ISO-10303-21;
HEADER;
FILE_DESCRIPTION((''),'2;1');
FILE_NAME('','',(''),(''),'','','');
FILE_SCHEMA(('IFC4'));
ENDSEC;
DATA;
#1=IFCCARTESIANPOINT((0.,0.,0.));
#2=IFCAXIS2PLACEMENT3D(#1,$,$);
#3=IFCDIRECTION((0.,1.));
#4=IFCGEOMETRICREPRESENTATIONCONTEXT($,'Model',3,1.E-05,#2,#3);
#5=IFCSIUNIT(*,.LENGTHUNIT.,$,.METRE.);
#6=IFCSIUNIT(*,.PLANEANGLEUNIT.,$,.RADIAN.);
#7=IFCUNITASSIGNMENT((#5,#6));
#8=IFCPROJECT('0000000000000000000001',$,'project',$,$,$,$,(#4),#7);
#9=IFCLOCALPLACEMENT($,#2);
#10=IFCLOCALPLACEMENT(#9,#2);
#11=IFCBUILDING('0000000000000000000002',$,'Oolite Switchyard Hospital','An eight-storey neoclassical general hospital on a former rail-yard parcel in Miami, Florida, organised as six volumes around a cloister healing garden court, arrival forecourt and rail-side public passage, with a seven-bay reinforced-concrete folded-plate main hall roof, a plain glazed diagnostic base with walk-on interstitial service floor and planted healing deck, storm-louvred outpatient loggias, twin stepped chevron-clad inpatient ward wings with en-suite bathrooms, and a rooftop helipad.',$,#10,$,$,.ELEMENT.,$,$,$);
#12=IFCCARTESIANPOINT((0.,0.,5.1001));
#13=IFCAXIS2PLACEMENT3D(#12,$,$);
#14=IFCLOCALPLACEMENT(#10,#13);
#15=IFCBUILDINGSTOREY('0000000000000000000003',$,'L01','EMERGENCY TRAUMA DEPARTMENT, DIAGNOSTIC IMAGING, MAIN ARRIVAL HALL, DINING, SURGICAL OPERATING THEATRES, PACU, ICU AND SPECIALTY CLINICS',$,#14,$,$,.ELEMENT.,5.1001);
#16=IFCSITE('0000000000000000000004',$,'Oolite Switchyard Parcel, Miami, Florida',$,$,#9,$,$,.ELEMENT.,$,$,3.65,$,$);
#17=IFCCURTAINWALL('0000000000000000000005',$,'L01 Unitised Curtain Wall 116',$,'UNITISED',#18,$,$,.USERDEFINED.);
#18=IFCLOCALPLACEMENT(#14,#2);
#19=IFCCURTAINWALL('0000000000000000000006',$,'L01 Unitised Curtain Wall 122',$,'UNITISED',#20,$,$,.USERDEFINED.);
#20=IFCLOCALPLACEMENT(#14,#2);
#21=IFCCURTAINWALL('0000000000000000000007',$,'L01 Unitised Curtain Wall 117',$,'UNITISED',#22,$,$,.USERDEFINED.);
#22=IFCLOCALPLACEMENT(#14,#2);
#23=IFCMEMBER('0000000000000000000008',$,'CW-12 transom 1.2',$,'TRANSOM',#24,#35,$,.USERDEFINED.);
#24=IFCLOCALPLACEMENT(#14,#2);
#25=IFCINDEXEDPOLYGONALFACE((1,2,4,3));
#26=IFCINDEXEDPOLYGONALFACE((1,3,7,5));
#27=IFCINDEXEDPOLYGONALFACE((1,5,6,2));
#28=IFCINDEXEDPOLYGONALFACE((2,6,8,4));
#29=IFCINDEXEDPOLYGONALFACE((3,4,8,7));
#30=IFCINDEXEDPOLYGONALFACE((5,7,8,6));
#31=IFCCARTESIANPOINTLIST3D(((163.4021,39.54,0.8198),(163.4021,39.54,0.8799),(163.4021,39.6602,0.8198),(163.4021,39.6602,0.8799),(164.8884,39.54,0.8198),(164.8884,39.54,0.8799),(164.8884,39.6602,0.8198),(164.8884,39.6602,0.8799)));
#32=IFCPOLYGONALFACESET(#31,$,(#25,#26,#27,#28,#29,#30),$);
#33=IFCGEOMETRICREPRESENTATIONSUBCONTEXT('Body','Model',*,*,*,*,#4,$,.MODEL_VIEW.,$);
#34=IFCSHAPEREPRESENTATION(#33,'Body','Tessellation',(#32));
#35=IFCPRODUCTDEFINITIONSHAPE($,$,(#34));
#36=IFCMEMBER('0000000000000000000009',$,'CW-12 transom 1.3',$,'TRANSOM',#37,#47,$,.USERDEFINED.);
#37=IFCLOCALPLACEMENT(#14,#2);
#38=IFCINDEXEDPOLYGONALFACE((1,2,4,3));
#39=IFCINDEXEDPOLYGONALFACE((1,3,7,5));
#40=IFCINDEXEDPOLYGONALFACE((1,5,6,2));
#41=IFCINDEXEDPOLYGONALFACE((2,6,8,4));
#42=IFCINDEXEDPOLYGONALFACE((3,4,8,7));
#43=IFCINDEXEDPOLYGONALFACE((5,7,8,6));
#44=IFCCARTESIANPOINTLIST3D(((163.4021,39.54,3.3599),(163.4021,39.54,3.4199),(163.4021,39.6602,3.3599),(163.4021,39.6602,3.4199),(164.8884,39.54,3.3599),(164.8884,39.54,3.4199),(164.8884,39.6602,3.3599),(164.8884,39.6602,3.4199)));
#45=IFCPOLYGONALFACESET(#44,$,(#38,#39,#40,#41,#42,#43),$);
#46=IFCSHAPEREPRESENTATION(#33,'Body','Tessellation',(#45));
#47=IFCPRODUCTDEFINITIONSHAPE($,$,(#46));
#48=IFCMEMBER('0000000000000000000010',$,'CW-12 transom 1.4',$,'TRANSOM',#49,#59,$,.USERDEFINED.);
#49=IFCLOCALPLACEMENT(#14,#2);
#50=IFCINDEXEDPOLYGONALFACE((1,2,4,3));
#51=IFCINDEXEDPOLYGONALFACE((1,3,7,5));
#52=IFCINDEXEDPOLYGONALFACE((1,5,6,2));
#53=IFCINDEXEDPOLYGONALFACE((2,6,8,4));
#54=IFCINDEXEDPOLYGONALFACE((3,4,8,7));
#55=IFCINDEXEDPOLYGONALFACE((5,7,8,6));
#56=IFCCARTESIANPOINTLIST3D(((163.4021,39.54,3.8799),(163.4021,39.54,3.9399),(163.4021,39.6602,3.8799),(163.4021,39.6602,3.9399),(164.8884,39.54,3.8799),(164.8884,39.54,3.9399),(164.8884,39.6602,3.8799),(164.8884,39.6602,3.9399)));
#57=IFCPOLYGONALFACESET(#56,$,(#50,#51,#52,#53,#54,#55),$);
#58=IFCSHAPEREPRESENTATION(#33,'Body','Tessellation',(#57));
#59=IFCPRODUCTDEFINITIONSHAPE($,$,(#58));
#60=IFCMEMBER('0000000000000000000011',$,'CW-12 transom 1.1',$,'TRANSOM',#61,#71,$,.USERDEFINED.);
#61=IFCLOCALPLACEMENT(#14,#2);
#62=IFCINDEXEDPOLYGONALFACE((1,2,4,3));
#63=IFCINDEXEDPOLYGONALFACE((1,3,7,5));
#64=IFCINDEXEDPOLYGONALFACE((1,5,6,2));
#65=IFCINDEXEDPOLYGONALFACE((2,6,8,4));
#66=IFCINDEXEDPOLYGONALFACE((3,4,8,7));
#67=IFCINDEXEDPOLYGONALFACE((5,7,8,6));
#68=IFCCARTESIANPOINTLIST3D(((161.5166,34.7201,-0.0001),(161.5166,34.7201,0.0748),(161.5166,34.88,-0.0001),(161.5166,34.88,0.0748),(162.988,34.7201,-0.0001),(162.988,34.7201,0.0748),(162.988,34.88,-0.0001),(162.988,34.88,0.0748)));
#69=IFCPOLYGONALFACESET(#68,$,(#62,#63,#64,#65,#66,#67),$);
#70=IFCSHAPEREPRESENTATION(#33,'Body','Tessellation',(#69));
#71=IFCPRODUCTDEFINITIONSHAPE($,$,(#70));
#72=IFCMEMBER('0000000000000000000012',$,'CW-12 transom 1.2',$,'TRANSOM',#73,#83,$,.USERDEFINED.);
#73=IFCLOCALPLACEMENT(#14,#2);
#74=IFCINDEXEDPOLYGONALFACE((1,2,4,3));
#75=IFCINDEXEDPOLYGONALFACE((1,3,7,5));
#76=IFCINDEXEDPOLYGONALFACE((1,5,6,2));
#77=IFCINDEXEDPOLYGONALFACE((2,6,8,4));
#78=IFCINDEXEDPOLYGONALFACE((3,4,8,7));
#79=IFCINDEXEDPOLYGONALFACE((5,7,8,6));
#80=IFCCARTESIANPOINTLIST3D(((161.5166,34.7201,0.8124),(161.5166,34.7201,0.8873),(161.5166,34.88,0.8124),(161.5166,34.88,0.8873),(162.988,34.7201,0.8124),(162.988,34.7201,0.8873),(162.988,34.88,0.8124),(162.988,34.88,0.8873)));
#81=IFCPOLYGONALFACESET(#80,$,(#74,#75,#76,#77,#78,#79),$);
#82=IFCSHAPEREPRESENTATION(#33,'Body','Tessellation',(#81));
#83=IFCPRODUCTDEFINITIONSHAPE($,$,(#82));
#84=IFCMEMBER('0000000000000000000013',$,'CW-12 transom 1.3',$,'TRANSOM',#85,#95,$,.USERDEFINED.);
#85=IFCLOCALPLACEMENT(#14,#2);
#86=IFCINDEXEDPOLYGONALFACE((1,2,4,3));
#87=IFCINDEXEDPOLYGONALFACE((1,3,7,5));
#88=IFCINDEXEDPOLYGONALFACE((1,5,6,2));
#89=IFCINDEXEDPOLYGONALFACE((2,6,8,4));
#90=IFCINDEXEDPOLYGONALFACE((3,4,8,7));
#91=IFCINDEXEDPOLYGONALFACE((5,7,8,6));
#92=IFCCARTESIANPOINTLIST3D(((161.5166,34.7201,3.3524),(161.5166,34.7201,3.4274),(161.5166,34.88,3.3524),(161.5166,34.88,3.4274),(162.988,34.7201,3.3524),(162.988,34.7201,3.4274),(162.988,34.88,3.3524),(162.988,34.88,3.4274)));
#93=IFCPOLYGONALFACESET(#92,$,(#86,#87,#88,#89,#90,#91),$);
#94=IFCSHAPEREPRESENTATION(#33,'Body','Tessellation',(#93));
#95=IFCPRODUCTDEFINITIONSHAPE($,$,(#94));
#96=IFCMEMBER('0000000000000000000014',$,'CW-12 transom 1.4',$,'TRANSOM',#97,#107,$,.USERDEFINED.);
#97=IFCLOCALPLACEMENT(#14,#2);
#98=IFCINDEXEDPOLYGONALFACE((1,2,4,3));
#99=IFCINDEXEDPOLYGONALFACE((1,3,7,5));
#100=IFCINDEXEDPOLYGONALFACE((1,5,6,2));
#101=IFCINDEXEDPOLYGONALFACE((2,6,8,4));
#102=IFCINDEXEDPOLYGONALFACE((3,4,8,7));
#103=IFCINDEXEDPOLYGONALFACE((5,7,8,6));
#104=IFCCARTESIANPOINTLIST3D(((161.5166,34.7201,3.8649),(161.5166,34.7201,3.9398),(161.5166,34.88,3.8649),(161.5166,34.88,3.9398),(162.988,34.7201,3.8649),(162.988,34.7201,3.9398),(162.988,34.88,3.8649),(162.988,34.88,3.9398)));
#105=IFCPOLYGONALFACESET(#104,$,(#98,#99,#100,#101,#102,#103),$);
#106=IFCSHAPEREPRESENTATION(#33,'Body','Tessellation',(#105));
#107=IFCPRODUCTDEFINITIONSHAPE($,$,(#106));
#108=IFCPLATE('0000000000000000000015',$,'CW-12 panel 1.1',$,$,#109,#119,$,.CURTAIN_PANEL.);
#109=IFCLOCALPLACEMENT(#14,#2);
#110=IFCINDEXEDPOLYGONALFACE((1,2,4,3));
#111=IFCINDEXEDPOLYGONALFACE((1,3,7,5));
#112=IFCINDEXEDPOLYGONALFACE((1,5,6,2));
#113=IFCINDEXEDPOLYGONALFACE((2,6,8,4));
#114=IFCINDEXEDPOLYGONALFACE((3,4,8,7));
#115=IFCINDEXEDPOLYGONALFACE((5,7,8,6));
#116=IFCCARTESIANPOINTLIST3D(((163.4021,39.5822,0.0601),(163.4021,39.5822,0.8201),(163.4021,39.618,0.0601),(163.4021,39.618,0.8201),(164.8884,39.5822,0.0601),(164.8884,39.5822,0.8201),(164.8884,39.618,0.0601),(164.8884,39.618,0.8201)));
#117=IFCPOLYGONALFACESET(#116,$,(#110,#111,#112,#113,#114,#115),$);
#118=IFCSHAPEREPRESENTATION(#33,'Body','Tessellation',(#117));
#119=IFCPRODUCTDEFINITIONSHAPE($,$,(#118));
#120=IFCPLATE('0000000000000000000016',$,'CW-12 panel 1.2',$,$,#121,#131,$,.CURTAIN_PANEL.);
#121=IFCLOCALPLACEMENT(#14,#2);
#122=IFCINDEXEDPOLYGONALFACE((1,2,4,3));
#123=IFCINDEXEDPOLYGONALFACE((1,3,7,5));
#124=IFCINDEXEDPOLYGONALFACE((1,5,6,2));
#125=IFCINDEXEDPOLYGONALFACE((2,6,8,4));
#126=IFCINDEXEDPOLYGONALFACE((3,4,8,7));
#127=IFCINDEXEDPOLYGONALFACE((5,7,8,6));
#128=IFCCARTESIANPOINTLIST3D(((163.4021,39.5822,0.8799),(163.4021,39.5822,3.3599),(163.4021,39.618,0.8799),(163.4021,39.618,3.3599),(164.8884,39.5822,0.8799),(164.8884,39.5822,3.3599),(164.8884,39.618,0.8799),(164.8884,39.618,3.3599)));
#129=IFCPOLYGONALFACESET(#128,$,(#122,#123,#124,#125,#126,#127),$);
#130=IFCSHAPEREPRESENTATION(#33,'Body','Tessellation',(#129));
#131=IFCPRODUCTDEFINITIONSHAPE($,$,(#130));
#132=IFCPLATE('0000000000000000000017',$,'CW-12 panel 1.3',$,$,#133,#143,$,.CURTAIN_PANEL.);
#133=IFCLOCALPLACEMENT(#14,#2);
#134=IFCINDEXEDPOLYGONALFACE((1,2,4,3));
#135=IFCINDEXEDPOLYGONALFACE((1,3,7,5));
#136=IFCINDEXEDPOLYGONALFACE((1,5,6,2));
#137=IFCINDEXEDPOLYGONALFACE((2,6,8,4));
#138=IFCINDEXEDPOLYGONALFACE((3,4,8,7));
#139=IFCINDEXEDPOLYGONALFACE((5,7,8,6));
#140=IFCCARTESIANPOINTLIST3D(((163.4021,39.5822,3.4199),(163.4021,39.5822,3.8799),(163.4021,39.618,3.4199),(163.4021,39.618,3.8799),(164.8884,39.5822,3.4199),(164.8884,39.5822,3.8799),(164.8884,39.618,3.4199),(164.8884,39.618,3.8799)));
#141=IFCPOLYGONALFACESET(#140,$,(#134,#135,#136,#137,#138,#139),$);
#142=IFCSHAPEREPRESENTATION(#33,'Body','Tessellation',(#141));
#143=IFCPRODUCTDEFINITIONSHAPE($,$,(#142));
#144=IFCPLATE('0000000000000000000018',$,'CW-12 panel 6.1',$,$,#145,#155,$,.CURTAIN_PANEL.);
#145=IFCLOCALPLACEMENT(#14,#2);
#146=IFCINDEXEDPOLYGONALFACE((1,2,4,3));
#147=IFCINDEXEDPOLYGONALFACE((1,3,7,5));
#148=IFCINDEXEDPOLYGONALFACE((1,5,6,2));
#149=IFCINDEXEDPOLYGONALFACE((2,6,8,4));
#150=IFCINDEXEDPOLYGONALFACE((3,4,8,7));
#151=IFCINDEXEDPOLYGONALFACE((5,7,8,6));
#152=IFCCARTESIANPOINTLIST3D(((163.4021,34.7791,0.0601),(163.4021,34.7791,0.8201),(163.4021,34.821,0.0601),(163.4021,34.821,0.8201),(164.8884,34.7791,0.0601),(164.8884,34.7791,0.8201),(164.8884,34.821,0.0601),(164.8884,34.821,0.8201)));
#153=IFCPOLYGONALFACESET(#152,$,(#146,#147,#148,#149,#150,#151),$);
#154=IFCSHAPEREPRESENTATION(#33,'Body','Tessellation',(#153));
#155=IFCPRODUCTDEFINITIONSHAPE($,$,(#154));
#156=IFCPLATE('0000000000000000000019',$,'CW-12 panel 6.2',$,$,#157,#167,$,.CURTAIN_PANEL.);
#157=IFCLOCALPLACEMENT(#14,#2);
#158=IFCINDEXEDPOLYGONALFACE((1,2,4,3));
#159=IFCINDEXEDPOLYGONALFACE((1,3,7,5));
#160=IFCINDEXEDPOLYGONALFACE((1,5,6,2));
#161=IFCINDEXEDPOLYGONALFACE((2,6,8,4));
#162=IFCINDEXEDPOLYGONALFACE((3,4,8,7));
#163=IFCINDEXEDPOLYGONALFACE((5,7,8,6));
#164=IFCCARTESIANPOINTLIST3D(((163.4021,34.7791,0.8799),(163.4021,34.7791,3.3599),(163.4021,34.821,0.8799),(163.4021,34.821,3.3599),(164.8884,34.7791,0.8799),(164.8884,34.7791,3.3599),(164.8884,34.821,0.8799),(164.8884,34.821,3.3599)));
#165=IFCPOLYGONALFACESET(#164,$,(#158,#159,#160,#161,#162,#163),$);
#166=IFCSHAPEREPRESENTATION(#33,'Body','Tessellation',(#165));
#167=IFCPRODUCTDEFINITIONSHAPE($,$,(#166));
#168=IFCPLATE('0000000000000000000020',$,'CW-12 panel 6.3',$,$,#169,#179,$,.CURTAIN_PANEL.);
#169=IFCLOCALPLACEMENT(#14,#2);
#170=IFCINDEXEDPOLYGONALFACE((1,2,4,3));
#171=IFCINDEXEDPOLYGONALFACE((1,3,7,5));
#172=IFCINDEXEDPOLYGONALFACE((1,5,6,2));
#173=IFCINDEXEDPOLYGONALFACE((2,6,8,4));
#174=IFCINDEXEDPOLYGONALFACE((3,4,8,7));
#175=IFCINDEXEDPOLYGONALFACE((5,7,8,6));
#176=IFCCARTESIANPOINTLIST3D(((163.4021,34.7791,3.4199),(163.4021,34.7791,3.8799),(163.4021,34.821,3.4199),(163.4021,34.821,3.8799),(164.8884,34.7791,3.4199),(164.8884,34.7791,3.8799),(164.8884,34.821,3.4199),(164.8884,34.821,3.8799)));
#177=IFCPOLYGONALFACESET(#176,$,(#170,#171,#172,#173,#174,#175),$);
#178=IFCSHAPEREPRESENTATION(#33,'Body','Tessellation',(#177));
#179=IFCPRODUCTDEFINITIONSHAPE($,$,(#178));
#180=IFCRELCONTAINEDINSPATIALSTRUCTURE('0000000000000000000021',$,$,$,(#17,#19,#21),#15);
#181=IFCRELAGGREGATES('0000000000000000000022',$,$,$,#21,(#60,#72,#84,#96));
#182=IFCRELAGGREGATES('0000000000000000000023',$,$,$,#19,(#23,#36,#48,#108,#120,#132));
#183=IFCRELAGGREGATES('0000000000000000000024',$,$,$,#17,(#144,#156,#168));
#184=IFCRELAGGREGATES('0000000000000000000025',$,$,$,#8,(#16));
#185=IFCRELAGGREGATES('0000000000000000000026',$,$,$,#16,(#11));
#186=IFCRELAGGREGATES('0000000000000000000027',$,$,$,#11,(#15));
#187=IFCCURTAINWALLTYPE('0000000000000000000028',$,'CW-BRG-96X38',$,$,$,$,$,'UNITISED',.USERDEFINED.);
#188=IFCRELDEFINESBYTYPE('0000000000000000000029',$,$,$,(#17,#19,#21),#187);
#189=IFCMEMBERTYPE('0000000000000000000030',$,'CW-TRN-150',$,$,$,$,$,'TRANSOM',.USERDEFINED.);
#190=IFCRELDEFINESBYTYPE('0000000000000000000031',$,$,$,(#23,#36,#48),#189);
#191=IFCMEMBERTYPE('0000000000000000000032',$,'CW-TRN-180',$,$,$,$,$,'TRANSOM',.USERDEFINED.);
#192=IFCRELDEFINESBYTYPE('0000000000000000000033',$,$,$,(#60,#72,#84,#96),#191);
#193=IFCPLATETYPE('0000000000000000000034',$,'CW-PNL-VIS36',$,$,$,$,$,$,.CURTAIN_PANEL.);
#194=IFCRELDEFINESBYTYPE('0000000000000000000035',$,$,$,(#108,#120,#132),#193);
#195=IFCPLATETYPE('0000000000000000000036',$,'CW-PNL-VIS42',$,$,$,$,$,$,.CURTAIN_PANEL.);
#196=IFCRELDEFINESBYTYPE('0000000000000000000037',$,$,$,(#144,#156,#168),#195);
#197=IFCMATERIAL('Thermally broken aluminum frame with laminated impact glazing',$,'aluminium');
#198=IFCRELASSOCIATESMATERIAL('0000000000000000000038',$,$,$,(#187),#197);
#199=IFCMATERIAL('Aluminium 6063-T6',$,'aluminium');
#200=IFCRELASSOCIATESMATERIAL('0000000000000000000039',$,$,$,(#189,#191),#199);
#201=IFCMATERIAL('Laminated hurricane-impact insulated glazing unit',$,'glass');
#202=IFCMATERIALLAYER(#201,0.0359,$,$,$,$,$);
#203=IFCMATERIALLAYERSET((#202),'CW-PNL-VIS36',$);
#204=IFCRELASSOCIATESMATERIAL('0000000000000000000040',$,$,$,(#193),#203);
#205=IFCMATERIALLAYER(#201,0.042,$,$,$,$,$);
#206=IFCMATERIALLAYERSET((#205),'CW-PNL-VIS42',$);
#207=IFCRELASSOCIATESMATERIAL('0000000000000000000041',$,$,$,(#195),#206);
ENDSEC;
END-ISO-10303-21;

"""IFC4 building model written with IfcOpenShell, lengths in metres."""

from ifc_helpers import new_model, si_unit, direction, frame, origin, origin_2d, place, context, subcontext, project, spatial, rectangle, extrude, material, layer, layer_set, material_profile, profile_set, type_object, element, aggregate, save


model = new_model("IFC4")

# Units and contexts
model_context = context("Model", 3, precision=1e-05, world=origin(), true_north=direction((0.0, 1.0)))
body_context = subcontext(model_context, "Body", "Model", "MODEL_VIEW")
ifc_project = project(units=[si_unit("LENGTHUNIT", "METRE"), si_unit("PLANEANGLEUNIT", "RADIAN")], contexts=[model_context])

# Site, building, storey
site_placement = place(None, origin())
site = spatial("IfcSite", under=ifc_project, at=site_placement, Name="Oolite Switchyard Parcel, Miami, Florida", CompositionType="ELEMENT", RefElevation=3.65)
building_placement = place(site_placement, origin())
building = spatial("IfcBuilding", under=site, at=building_placement, Name="Oolite Switchyard Hospital", Description="An eight-storey neoclassical general hospital on a former rail-yard parcel in Miami, Florida, organised as six volumes around a cloister healing garden court, arrival forecourt and rail-side public passage, with a seven-bay reinforced-concrete folded-plate main hall roof, a plain glazed diagnostic base with walk-on interstitial service floor and planted healing deck, storm-louvred outpatient loggias, twin stepped chevron-clad inpatient ward wings with en-suite bathrooms, and a rooftop helipad.", CompositionType="ELEMENT")
storey_placement = place(building_placement, frame((0.0, 0.0, 5.1001)))
storey = spatial("IfcBuildingStorey", under=building, at=storey_placement, Name="L01", Description="EMERGENCY TRAUMA DEPARTMENT, DIAGNOSTIC IMAGING, MAIN ARRIVAL HALL, DINING, SURGICAL OPERATING THEATRES, PACU, ICU AND SPECIALTY CLINICS", CompositionType="ELEMENT", Elevation=5.1001)

# Curtain walls
ifc_material_1 = material(Name="Thermally broken aluminum frame with laminated impact glazing", Category="aluminium")
curtain_wall_type = type_object("IfcCurtainWallType", Name="CW-BRG-96X38", ElementType="UNITISED", PredefinedType="USERDEFINED", material=ifc_material_1)
curtain_wall_1_placement = place(storey_placement, origin())
curtain_wall_1 = element("IfcCurtainWall", 1, at=curtain_wall_1_placement, inside=storey, type_object=curtain_wall_type, Name="L01 Unitised Curtain Wall 116", ObjectType="UNITISED", PredefinedType="USERDEFINED")
ifc_material_2 = material(Name="Aluminium 6063-T6", Category="aluminium")
curtain_wall_2_placement = place(storey_placement, origin())
curtain_wall_2 = element("IfcCurtainWall", 2, at=curtain_wall_2_placement, inside=storey, type_object=curtain_wall_type, Name="L01 Unitised Curtain Wall 122", ObjectType="UNITISED", PredefinedType="USERDEFINED")
curtain_wall_3_placement = place(storey_placement, origin())
curtain_wall_3 = element("IfcCurtainWall", 3, at=curtain_wall_3_placement, inside=storey, type_object=curtain_wall_type, Name="L01 Unitised Curtain Wall 117", ObjectType="UNITISED", PredefinedType="USERDEFINED")

# Members
ifc_material_profile_1 = material_profile(ifc_material_2, rectangle(XDim=0.1201, YDim=0.0601, at=origin_2d()), Name="CWT60X120")
ifc_profile_set_1 = profile_set([ifc_material_profile_1], Name="Aluminium 6063-T6")
member_type_1 = type_object("IfcMemberType", Name="CW-TRN-150", ElementType="TRANSOM", PredefinedType="USERDEFINED", material=ifc_profile_set_1)
member_1_placement = place(storey_placement, frame((163.4021, 39.6001, 0.8499), z_axis=(1.0, 0.0, 0.0), x_axis=(0.0, 1.0, 0.0)))
member_1 = element("IfcMember", 4, at=member_1_placement, type_object=member_type_1, Name="CW-12 transom 1.2", ObjectType="TRANSOM", PredefinedType="USERDEFINED", context=body_context, shape_type="SweptSolid", body=[
    extrude(rectangle(XDim=0.1201, YDim=0.0601, at=origin_2d()), origin(), (0.0, 0.0, 1.0), 1.4863),
])
member_2_placement = place(storey_placement, frame((163.4021, 39.6001, 3.3899), z_axis=(1.0, 0.0, 0.0), x_axis=(0.0, 1.0, 0.0)))
member_2 = element("IfcMember", 5, at=member_2_placement, type_object=member_type_1, Name="CW-12 transom 1.3", ObjectType="TRANSOM", PredefinedType="USERDEFINED", context=body_context, shape_type="SweptSolid", body=[
    extrude(rectangle(XDim=0.1201, YDim=0.0601, at=origin_2d()), origin(), (0.0, 0.0, 1.0), 1.4863),
])
member_3_placement = place(storey_placement, frame((163.4021, 39.6001, 3.9099), z_axis=(1.0, 0.0, 0.0), x_axis=(0.0, 1.0, 0.0)))
member_3 = element("IfcMember", 6, at=member_3_placement, type_object=member_type_1, Name="CW-12 transom 1.4", ObjectType="TRANSOM", PredefinedType="USERDEFINED", context=body_context, shape_type="SweptSolid", body=[
    extrude(rectangle(XDim=0.1201, YDim=0.0601, at=origin_2d()), origin(), (0.0, 0.0, 1.0), 1.4863),
])
ifc_material_profile_2 = material_profile(ifc_material_2, rectangle(XDim=0.1599, YDim=0.075, at=origin_2d()), Name="CWT75X160")
ifc_profile_set_2 = profile_set([ifc_material_profile_2], Name="Aluminium 6063-T6")
member_type_2 = type_object("IfcMemberType", Name="CW-TRN-180", ElementType="TRANSOM", PredefinedType="USERDEFINED", material=ifc_profile_set_2)
member_4_placement = place(storey_placement, frame((162.988, 34.8, 0.0374), z_axis=(-1.0, 0.0, 0.0), x_axis=(0.0, -1.0, 0.0)))
member_4 = element("IfcMember", 7, at=member_4_placement, type_object=member_type_2, Name="CW-12 transom 1.1", ObjectType="TRANSOM", PredefinedType="USERDEFINED", context=body_context, shape_type="SweptSolid", body=[
    extrude(rectangle(XDim=0.1599, YDim=0.075, at=origin_2d()), origin(), (0.0, 0.0, 1.0), 1.4714),
])
member_5_placement = place(storey_placement, frame((162.988, 34.8, 0.8499), z_axis=(-1.0, 0.0, 0.0), x_axis=(0.0, -1.0, 0.0)))
member_5 = element("IfcMember", 8, at=member_5_placement, type_object=member_type_2, Name="CW-12 transom 1.2", ObjectType="TRANSOM", PredefinedType="USERDEFINED", context=body_context, shape_type="SweptSolid", body=[
    extrude(rectangle(XDim=0.1599, YDim=0.075, at=origin_2d()), origin(), (0.0, 0.0, 1.0), 1.4714),
])
member_6_placement = place(storey_placement, frame((162.988, 34.8, 3.3899), z_axis=(-1.0, 0.0, 0.0), x_axis=(0.0, -1.0, 0.0)))
member_6 = element("IfcMember", 9, at=member_6_placement, type_object=member_type_2, Name="CW-12 transom 1.3", ObjectType="TRANSOM", PredefinedType="USERDEFINED", context=body_context, shape_type="SweptSolid", body=[
    extrude(rectangle(XDim=0.1599, YDim=0.075, at=origin_2d()), origin(), (0.0, 0.0, 1.0), 1.4714),
])
member_7_placement = place(storey_placement, frame((162.988, 34.8, 3.9023), z_axis=(-1.0, 0.0, 0.0), x_axis=(0.0, -1.0, 0.0)))
member_7 = element("IfcMember", 10, at=member_7_placement, type_object=member_type_2, Name="CW-12 transom 1.4", ObjectType="TRANSOM", PredefinedType="USERDEFINED", context=body_context, shape_type="SweptSolid", body=[
    extrude(rectangle(XDim=0.1599, YDim=0.075, at=origin_2d()), origin(), (0.0, 0.0, 1.0), 1.4714),
])
aggregate(curtain_wall_3, [member_4, member_5, member_6, member_7])

# Plates
ifc_material_3 = material(Name="Laminated hurricane-impact insulated glazing unit", Category="glass")
ifc_layer_1 = layer(ifc_material_3, 0.0359)
ifc_layer_set_1 = layer_set([ifc_layer_1], Name="CW-PNL-VIS36")
plate_type_1 = type_object("IfcPlateType", Name="CW-PNL-VIS36", PredefinedType="CURTAIN_PANEL", material=ifc_layer_set_1)
plate_1_placement = place(storey_placement, frame((164.1453, 39.6001, 0.0601), z_axis=(0.0, 0.0, 1.0), x_axis=(1.0, 0.0, 0.0)))
plate_1 = element("IfcPlate", 11, at=plate_1_placement, type_object=plate_type_1, Name="CW-12 panel 1.1", PredefinedType="CURTAIN_PANEL", context=body_context, shape_type="SweptSolid", body=[
    extrude(rectangle(XDim=1.4863, YDim=0.0359, at=origin_2d()), origin(), (0.0, 0.0, 1.0), 0.76),
])
plate_2_placement = place(storey_placement, frame((164.1453, 39.6001, 0.8799), z_axis=(0.0, 0.0, 1.0), x_axis=(1.0, 0.0, 0.0)))
plate_2 = element("IfcPlate", 12, at=plate_2_placement, type_object=plate_type_1, Name="CW-12 panel 1.2", PredefinedType="CURTAIN_PANEL", context=body_context, shape_type="SweptSolid", body=[
    extrude(rectangle(XDim=1.4863, YDim=0.0359, at=origin_2d()), origin(), (0.0, 0.0, 1.0), 2.48),
])
plate_3_placement = place(storey_placement, frame((164.1453, 39.6001, 3.4199), z_axis=(0.0, 0.0, 1.0), x_axis=(1.0, 0.0, 0.0)))
plate_3 = element("IfcPlate", 13, at=plate_3_placement, type_object=plate_type_1, Name="CW-12 panel 1.3", PredefinedType="CURTAIN_PANEL", context=body_context, shape_type="SweptSolid", body=[
    extrude(rectangle(XDim=1.4863, YDim=0.0359, at=origin_2d()), origin(), (0.0, 0.0, 1.0), 0.46),
])
aggregate(curtain_wall_2, [member_1, member_2, member_3, plate_1, plate_2, plate_3])
ifc_layer_2 = layer(ifc_material_3, 0.042)
ifc_layer_set_2 = layer_set([ifc_layer_2], Name="CW-PNL-VIS42")
plate_type_2 = type_object("IfcPlateType", Name="CW-PNL-VIS42", PredefinedType="CURTAIN_PANEL", material=ifc_layer_set_2)
plate_4_placement = place(storey_placement, frame((164.1453, 34.8, 0.0601), z_axis=(0.0, 0.0, 1.0), x_axis=(-1.0, 0.0, 0.0)))
plate_4 = element("IfcPlate", 14, at=plate_4_placement, type_object=plate_type_2, Name="CW-12 panel 6.1", PredefinedType="CURTAIN_PANEL", context=body_context, shape_type="SweptSolid", body=[
    extrude(rectangle(XDim=1.4863, YDim=0.042, at=origin_2d()), origin(), (0.0, 0.0, 1.0), 0.76),
])
plate_5_placement = place(storey_placement, frame((164.1453, 34.8, 0.8799), z_axis=(0.0, 0.0, 1.0), x_axis=(-1.0, 0.0, 0.0)))
plate_5 = element("IfcPlate", 15, at=plate_5_placement, type_object=plate_type_2, Name="CW-12 panel 6.2", PredefinedType="CURTAIN_PANEL", context=body_context, shape_type="SweptSolid", body=[
    extrude(rectangle(XDim=1.4863, YDim=0.042, at=origin_2d()), origin(), (0.0, 0.0, 1.0), 2.48),
])
plate_6_placement = place(storey_placement, frame((164.1453, 34.8, 3.4199), z_axis=(0.0, 0.0, 1.0), x_axis=(-1.0, 0.0, 0.0)))
plate_6 = element("IfcPlate", 16, at=plate_6_placement, type_object=plate_type_2, Name="CW-12 panel 6.3", PredefinedType="CURTAIN_PANEL", context=body_context, shape_type="SweptSolid", body=[
    extrude(rectangle(XDim=1.4863, YDim=0.042, at=origin_2d()), origin(), (0.0, 0.0, 1.0), 0.46),
])
aggregate(curtain_wall_1, [plate_4, plate_5, plate_6])

save(model, "model.ifc")
